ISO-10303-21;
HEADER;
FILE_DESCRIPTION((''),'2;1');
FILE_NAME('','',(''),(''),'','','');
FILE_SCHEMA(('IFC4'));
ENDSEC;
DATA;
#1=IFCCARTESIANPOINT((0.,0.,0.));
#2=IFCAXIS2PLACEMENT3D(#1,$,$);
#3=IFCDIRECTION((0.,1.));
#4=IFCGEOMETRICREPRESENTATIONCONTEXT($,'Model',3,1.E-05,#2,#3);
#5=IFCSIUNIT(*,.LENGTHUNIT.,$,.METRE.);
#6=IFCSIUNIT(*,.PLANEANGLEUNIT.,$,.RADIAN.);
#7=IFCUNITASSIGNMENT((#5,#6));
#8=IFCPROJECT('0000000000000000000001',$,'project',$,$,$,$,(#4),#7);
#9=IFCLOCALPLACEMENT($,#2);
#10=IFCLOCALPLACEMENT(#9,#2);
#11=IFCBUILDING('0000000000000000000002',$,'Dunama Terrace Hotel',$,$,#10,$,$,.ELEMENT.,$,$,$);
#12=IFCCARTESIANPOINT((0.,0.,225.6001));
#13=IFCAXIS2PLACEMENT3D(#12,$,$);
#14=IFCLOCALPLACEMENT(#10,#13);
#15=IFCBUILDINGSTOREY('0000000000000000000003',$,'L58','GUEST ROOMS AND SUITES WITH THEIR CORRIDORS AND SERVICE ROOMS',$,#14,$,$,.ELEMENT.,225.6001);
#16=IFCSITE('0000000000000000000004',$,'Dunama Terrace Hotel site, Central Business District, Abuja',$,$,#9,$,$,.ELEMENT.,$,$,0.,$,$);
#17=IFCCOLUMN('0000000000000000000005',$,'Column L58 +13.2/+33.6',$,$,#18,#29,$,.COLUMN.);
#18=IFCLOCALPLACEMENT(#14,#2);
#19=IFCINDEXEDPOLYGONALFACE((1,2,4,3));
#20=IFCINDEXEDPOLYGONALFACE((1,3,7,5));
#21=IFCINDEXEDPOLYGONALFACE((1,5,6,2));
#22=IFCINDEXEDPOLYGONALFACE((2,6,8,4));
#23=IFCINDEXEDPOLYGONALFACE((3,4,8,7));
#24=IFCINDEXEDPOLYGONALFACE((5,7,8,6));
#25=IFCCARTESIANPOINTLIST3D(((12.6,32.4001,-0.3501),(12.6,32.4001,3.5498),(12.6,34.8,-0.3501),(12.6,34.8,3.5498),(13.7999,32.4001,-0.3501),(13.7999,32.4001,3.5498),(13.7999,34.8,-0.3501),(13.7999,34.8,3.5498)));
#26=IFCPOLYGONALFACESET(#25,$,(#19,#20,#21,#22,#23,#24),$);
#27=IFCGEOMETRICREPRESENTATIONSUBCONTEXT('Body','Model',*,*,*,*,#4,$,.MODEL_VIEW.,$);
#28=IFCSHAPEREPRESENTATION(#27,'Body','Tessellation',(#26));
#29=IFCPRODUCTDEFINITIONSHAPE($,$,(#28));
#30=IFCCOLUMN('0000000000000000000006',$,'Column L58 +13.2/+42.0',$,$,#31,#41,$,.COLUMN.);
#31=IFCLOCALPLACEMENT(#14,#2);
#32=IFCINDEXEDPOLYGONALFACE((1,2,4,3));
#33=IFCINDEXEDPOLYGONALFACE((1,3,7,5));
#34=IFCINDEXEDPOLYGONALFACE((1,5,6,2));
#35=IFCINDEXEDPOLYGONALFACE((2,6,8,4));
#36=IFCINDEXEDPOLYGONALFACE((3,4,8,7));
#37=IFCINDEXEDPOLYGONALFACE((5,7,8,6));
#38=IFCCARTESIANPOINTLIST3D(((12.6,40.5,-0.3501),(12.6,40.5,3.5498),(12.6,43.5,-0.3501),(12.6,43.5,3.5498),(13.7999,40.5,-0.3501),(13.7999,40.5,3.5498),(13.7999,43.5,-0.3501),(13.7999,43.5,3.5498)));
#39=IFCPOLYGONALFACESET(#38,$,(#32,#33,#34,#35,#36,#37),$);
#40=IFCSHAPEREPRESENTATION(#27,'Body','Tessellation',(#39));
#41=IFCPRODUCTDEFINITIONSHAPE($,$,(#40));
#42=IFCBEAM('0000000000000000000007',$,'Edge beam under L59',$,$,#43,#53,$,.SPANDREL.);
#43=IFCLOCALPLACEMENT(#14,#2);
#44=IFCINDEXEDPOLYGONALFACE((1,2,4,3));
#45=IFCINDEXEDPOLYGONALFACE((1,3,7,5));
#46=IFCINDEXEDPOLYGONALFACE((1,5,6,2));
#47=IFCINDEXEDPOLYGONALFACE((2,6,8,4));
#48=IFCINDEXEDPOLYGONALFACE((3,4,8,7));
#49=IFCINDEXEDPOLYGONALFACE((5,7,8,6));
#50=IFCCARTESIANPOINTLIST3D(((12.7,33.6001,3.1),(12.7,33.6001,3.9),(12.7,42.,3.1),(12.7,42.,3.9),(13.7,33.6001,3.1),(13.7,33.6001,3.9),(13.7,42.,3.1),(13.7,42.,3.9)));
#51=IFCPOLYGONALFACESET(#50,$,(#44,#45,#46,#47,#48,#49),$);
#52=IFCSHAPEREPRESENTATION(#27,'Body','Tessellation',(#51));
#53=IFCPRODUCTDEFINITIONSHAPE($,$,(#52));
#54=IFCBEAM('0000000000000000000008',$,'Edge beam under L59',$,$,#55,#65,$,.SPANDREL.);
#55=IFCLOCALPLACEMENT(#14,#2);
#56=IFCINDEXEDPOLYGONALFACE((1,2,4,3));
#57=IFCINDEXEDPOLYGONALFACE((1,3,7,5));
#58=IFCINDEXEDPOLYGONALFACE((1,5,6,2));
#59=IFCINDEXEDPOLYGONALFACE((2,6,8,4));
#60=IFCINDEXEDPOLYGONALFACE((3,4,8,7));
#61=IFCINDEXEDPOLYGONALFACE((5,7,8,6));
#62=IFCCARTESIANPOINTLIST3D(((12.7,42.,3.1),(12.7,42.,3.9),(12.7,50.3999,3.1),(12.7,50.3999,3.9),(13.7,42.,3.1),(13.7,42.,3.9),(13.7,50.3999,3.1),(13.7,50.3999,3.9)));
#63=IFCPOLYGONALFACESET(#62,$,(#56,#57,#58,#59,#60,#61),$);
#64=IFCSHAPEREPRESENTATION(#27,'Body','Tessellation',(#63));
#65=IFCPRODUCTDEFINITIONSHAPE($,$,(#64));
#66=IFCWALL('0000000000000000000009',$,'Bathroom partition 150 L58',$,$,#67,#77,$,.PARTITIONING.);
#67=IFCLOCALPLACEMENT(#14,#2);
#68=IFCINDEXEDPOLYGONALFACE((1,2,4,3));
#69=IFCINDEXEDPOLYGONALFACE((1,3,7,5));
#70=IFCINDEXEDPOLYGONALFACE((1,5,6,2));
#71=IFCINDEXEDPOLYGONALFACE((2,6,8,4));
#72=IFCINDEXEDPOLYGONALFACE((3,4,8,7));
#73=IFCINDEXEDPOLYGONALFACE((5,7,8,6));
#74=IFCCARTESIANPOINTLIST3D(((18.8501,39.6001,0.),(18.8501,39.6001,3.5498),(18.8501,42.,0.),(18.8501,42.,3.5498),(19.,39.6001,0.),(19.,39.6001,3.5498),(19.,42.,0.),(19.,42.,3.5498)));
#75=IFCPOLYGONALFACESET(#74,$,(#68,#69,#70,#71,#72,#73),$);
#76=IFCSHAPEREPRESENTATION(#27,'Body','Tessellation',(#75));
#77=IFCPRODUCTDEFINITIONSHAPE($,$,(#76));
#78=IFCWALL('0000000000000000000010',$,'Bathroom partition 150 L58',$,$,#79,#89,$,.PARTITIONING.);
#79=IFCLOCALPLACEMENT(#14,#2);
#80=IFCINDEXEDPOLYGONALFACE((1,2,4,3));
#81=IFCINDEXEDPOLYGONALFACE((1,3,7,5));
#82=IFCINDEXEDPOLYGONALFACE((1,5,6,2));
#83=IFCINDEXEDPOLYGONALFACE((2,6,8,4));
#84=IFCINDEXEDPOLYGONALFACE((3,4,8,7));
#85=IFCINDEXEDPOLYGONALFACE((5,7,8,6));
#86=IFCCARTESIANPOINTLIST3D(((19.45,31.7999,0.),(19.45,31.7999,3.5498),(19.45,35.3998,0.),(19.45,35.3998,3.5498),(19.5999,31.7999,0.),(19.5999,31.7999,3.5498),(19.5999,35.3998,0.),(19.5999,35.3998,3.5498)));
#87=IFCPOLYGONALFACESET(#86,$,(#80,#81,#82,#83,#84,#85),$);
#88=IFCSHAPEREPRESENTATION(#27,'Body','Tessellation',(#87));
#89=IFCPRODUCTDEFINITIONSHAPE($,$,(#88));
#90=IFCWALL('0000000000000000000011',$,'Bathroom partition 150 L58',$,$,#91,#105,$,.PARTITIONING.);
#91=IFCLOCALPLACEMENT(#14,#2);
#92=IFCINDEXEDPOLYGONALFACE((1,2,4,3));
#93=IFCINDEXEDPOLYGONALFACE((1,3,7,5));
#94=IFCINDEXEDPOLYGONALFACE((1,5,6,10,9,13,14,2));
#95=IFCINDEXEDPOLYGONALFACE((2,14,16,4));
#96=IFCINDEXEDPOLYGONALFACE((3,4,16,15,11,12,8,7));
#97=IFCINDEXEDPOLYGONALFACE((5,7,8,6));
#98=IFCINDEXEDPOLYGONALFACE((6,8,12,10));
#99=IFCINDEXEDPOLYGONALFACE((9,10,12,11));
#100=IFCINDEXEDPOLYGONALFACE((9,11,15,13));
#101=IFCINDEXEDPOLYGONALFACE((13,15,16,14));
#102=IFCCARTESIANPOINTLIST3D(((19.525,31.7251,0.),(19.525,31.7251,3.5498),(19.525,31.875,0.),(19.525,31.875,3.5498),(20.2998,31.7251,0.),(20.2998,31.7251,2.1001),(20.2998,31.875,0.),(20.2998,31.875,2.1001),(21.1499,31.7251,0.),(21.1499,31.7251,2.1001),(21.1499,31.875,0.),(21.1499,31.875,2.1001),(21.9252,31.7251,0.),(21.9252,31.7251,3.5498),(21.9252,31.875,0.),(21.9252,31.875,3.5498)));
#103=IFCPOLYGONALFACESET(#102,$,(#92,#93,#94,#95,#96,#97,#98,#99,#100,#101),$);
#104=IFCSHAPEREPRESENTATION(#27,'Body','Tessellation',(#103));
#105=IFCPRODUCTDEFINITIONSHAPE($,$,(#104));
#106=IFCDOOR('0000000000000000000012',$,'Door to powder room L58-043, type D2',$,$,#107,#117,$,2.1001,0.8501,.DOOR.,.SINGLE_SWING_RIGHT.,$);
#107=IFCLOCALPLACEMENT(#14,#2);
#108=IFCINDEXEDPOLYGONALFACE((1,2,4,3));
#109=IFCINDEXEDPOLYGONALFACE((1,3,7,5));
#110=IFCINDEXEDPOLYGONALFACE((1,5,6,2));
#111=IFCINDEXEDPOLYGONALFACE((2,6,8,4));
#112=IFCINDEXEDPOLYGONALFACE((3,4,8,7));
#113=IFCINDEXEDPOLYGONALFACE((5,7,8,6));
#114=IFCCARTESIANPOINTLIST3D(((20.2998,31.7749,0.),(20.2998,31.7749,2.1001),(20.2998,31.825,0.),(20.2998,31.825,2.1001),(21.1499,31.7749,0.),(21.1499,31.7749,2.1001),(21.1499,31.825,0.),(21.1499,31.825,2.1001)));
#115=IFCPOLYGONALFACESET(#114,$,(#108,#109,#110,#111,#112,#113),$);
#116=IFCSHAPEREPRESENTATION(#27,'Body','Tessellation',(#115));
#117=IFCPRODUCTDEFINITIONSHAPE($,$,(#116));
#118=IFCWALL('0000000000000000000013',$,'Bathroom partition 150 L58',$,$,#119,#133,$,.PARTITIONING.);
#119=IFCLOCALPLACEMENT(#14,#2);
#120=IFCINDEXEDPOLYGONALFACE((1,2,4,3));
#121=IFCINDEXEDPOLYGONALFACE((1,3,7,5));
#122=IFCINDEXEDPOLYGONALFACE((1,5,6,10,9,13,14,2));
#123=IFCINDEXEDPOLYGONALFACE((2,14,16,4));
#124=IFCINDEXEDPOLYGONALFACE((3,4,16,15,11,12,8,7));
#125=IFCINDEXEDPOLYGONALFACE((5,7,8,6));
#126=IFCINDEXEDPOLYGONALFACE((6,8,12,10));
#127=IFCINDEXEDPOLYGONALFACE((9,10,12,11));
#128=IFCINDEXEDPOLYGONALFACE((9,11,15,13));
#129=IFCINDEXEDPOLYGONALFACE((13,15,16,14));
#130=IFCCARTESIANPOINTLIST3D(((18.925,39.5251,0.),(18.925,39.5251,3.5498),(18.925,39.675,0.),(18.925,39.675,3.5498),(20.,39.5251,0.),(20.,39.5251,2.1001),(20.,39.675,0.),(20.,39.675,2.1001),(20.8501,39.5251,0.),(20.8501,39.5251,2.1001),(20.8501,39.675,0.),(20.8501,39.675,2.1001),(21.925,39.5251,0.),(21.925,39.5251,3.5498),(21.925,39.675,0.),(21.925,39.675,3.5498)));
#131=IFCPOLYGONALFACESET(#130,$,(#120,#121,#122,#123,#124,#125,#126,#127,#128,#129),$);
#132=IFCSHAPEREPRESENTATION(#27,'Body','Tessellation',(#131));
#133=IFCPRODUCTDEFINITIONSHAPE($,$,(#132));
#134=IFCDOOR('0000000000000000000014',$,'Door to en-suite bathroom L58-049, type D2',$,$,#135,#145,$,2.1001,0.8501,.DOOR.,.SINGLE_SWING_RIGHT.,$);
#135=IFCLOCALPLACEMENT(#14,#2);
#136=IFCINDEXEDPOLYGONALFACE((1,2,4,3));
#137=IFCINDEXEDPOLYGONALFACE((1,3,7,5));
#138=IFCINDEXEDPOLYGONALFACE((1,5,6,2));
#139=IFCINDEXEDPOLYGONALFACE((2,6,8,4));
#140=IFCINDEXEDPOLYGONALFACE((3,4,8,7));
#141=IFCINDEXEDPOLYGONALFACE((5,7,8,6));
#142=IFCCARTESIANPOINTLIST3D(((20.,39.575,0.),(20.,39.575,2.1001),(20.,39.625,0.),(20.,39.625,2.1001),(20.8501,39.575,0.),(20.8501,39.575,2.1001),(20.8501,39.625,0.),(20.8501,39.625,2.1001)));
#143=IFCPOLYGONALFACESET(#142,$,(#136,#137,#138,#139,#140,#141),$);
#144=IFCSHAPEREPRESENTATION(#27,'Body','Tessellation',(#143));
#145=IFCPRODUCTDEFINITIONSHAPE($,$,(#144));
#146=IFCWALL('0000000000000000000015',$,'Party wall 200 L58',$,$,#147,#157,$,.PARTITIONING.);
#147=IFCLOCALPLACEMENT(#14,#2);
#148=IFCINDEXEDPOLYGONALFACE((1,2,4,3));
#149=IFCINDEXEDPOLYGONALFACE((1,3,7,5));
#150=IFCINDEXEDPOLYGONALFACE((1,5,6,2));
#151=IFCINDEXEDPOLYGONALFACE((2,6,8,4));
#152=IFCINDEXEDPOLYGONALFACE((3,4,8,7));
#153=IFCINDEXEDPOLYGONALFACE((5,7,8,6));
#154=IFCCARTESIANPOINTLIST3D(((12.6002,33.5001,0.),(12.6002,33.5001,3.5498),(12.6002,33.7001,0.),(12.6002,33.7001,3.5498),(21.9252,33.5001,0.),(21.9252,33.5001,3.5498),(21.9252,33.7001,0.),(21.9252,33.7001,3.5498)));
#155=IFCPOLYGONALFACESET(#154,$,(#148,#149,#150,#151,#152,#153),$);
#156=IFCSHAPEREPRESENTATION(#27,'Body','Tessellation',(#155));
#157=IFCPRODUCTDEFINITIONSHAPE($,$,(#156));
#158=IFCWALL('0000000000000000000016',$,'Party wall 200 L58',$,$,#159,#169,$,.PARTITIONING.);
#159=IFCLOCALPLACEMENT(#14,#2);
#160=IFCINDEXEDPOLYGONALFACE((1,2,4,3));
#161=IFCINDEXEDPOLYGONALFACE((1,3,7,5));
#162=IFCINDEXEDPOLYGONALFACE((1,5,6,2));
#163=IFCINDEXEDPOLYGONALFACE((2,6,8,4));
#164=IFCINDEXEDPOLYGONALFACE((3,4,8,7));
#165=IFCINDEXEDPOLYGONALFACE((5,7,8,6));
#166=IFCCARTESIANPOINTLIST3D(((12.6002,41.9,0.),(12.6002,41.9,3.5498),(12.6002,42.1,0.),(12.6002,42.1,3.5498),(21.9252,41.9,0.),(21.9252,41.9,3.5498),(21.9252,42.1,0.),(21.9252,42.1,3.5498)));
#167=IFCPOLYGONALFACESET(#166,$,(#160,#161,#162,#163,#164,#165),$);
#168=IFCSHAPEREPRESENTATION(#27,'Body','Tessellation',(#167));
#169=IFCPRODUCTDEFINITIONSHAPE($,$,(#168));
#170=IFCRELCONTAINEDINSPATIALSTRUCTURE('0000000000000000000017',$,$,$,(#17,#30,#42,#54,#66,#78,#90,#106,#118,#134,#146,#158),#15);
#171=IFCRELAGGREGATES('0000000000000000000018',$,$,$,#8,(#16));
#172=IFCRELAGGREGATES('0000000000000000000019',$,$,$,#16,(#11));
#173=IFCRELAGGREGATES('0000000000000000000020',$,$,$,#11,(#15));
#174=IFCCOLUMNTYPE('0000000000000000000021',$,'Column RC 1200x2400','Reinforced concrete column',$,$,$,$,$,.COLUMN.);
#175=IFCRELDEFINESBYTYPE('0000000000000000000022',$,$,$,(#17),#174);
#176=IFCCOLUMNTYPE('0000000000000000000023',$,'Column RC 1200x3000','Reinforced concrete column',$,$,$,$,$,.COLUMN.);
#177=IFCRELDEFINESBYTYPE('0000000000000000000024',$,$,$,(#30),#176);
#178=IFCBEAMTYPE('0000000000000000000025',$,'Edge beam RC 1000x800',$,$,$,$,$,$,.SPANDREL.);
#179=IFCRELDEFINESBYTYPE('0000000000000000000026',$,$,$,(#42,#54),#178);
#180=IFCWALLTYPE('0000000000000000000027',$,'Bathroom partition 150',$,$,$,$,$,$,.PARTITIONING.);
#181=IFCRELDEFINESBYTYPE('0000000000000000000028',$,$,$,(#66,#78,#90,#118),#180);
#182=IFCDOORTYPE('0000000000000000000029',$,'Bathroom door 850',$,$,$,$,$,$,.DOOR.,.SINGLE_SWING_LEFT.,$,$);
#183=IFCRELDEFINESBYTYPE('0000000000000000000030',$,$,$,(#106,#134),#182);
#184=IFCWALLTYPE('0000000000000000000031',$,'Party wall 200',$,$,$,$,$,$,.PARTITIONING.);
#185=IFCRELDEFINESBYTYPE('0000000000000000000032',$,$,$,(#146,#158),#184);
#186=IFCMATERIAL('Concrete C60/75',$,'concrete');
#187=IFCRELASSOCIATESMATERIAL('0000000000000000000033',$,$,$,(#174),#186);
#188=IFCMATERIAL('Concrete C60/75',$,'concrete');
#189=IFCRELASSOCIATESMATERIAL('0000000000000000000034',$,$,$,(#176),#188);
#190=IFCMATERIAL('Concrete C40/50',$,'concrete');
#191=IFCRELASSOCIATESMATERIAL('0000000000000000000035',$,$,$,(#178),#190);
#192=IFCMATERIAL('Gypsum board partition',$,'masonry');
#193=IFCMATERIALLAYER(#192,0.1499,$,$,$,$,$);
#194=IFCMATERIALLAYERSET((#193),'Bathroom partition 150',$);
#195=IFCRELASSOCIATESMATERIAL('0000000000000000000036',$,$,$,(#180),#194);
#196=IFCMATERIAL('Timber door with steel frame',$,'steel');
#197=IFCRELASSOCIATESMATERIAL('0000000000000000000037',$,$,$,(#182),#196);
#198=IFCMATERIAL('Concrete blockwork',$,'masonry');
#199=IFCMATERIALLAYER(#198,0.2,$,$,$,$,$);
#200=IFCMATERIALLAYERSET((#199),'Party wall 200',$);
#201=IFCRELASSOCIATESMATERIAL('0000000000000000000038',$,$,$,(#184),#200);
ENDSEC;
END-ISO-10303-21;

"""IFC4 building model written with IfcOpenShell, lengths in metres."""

from ifc_helpers import new_model, si_unit, direction, frame, frame_2d, origin, origin_2d, place, context, subcontext, project, spatial, rectangle, extrude, material, layer, layer_set, material_profile, profile_set, type_object, element, fill, save


model = new_model("IFC4")

# Units and contexts
model_context = context("Model", 3, precision=1e-05, world=origin(), true_north=direction((0.0, 1.0)))
body_context = subcontext(model_context, "Body", "Model", "MODEL_VIEW")
ifc_project = project(units=[si_unit("LENGTHUNIT", "METRE"), si_unit("PLANEANGLEUNIT", "RADIAN")], contexts=[model_context])

# Site, building, storey
site_placement = place(None, origin())
site = spatial("IfcSite", under=ifc_project, at=site_placement, Name="Dunama Terrace Hotel site, Central Business District, Abuja", CompositionType="ELEMENT", RefElevation=0.0)
building_placement = place(site_placement, origin())
building = spatial("IfcBuilding", under=site, at=building_placement, Name="Dunama Terrace Hotel", CompositionType="ELEMENT")
storey_placement = place(building_placement, frame((0.0, 0.0, 225.6001)))
storey = spatial("IfcBuildingStorey", under=building, at=storey_placement, Name="L58", Description="GUEST ROOMS AND SUITES WITH THEIR CORRIDORS AND SERVICE ROOMS", CompositionType="ELEMENT", Elevation=225.6001)

# Columns
ifc_material_1 = material(Name="Concrete C60/75", Category="concrete")
ifc_material_profile_1 = material_profile(ifc_material_1, rectangle(XDim=1.2, YDim=2.3999, at=origin_2d()), Name="RC 1200x2400")
ifc_profile_set_1 = profile_set([ifc_material_profile_1], Name="Concrete C60/75")
column_type_1 = type_object("IfcColumnType", Name="Column RC 1200x2400", Description="Reinforced concrete column", PredefinedType="COLUMN", material=ifc_profile_set_1)
column_1_placement = place(storey_placement, frame((13.2, 33.6001, -0.3501), z_axis=(0.0, 0.0, 1.0), x_axis=(1.0, 0.0, 0.0)))
element("IfcColumn", 1, at=column_1_placement, inside=storey, type_object=column_type_1, Name="Column L58 +13.2/+33.6", PredefinedType="COLUMN", context=body_context, shape_type="SweptSolid", body=[
    extrude(rectangle(XDim=1.2, YDim=2.3999, at=origin_2d()), origin(), (0.0, 0.0, 1.0), 3.8999),
])
ifc_material_2 = material(Name="Concrete C60/75", Category="concrete")
ifc_material_profile_2 = material_profile(ifc_material_2, rectangle(XDim=1.2, YDim=3.0, at=origin_2d()), Name="RC 1200x3000")
ifc_profile_set_2 = profile_set([ifc_material_profile_2], Name="Concrete C60/75")
column_type_2 = type_object("IfcColumnType", Name="Column RC 1200x3000", Description="Reinforced concrete column", PredefinedType="COLUMN", material=ifc_profile_set_2)
column_2_placement = place(storey_placement, frame((13.2, 42.0, -0.3501), z_axis=(0.0, 0.0, 1.0), x_axis=(1.0, 0.0, 0.0)))
element("IfcColumn", 2, at=column_2_placement, inside=storey, type_object=column_type_2, Name="Column L58 +13.2/+42.0", PredefinedType="COLUMN", context=body_context, shape_type="SweptSolid", body=[
    extrude(rectangle(XDim=1.2, YDim=3.0, at=origin_2d()), origin(), (0.0, 0.0, 1.0), 3.8999),
])

# Beams
ifc_material_3 = material(Name="Concrete C40/50", Category="concrete")
ifc_material_profile_3 = material_profile(ifc_material_3, rectangle(XDim=1.0, YDim=0.8, at=origin_2d()), Name="RC 1000x800")
ifc_profile_set_3 = profile_set([ifc_material_profile_3], Name="Concrete C40/50")
beam_type = type_object("IfcBeamType", Name="Edge beam RC 1000x800", PredefinedType="SPANDREL", material=ifc_profile_set_3)
for number, where, z_axis, x_axis, name in (
    (3, (13.2, 33.6001, 3.5), (0.0, 1.0, 0.0), (-1.0, 0.0, 0.0), "Edge beam under L59"),
    (4, (13.2, 42.0, 3.5), (0.0, 1.0, 0.0), (-1.0, 0.0, 0.0), "Edge beam under L59"),
):
    element("IfcBeam", number, at=place(storey_placement, frame(where, z_axis=z_axis, x_axis=x_axis)), inside=storey, type_object=beam_type, Name=name, PredefinedType="SPANDREL", context=body_context, shape_type="SweptSolid", body=[
        extrude(rectangle(XDim=1.0, YDim=0.8, at=origin_2d()), origin(), (0.0, 0.0, 1.0), 8.3999),
    ])

# Walls
ifc_material_4 = material(Name="Gypsum board partition", Category="masonry")
ifc_layer_1 = layer(ifc_material_4, 0.1499)
ifc_layer_set_1 = layer_set([ifc_layer_1], Name="Bathroom partition 150")
wall_type_1 = type_object("IfcWallType", Name="Bathroom partition 150", PredefinedType="PARTITIONING", material=ifc_layer_set_1)
wall_1_placement = place(storey_placement, frame((18.925, 39.6001, 0.0), z_axis=(0.0, 0.0, 1.0), x_axis=(0.0, 1.0, 0.0)))
element("IfcWall", 5, at=wall_1_placement, inside=storey, type_object=wall_type_1, Name="Bathroom partition 150 L58", PredefinedType="PARTITIONING", context=body_context, shape_type="SweptSolid", body=[
    extrude(rectangle(XDim=2.3999, YDim=0.1499, at=frame_2d((1.2, 0.0))), origin(), (0.0, 0.0, 1.0), 3.5498),
])
wall_2_placement = place(storey_placement, frame((19.5249, 31.8, 0.0), z_axis=(0.0, 0.0, 1.0), x_axis=(0.0, 1.0, 0.0)))
element("IfcWall", 6, at=wall_2_placement, inside=storey, type_object=wall_type_1, Name="Bathroom partition 150 L58", PredefinedType="PARTITIONING", context=body_context, shape_type="SweptSolid", body=[
    extrude(rectangle(XDim=3.5999, YDim=0.1499, at=frame_2d((1.7998, 0.0))), origin(), (0.0, 0.0, 1.0), 3.5498),
])

# Walls, openings, doors
wall_3_placement = place(storey_placement, frame((19.5249, 31.8, 0.0), z_axis=(0.0, 0.0, 1.0), x_axis=(1.0, 0.0, 0.0)))
wall_3 = element("IfcWall", 7, at=wall_3_placement, inside=storey, type_object=wall_type_1, Name="Bathroom partition 150 L58", PredefinedType="PARTITIONING", context=body_context, shape_type="SweptSolid", body=[
    extrude(rectangle(XDim=2.4001, YDim=0.1499, at=frame_2d((1.2002, 0.0))), origin(), (0.0, 0.0, 1.0), 3.5498),
])
opening_1_placement = place(wall_3_placement, frame((0.7749, 0.0, 0.0)))
opening_1 = element("IfcOpeningElement", 8, at=opening_1_placement, cuts=wall_3, PredefinedType="OPENING", context=body_context, shape_type="SweptSolid", body=[
    extrude(rectangle(XDim=0.8501, YDim=2.1001, at=frame_2d((0.425, 1.05))), frame((0.0, 0.085, 0.0), z_axis=(0.0, -1.0, 0.0), x_axis=(1.0, 0.0, 0.0)), (0.0, 0.0, 1.0), 0.1699),
])
ifc_material_5 = material(Name="Timber door with steel frame", Category="steel")
door_type_1 = type_object("IfcDoorType", Name="Bathroom door 850", OperationType="SINGLE_SWING_LEFT", PredefinedType="DOOR", material=ifc_material_5)
door_1_placement = place(opening_1_placement, origin())
door_1 = element("IfcDoor", 9, at=door_1_placement, inside=storey, type_object=door_type_1, Name="Door to powder room L58-043, type D2", OperationType="SINGLE_SWING_RIGHT", OverallHeight=2.1001, OverallWidth=0.8501, PredefinedType="DOOR", context=body_context, shape_type="SweptSolid", body=[
    extrude(rectangle(XDim=0.8501, YDim=2.1001, at=frame_2d((0.425, 1.05))), frame((0.0, 0.0249, 0.0), z_axis=(0.0, -1.0, 0.0), x_axis=(1.0, 0.0, 0.0)), (0.0, 0.0, 1.0), 0.05),
])
fill(opening_1, door_1)
wall_4_placement = place(storey_placement, frame((18.925, 39.6001, 0.0), z_axis=(0.0, 0.0, 1.0), x_axis=(1.0, 0.0, 0.0)))
wall_4 = element("IfcWall", 10, at=wall_4_placement, inside=storey, type_object=wall_type_1, Name="Bathroom partition 150 L58", PredefinedType="PARTITIONING", context=body_context, shape_type="SweptSolid", body=[
    extrude(rectangle(XDim=3.0, YDim=0.1499, at=frame_2d((1.5, 0.0))), origin(), (0.0, 0.0, 1.0), 3.5498),
])
opening_2_placement = place(wall_4_placement, frame((1.075, 0.0, 0.0)))
opening_2 = element("IfcOpeningElement", 11, at=opening_2_placement, cuts=wall_4, PredefinedType="OPENING", context=body_context, shape_type="SweptSolid", body=[
    extrude(rectangle(XDim=0.8501, YDim=2.1001, at=frame_2d((0.425, 1.05))), frame((0.0, 0.085, 0.0), z_axis=(0.0, -1.0, 0.0), x_axis=(1.0, 0.0, 0.0)), (0.0, 0.0, 1.0), 0.1699),
])
door_2_placement = place(opening_2_placement, origin())
door_2 = element("IfcDoor", 12, at=door_2_placement, inside=storey, type_object=door_type_1, Name="Door to en-suite bathroom L58-049, type D2", OperationType="SINGLE_SWING_RIGHT", OverallHeight=2.1001, OverallWidth=0.8501, PredefinedType="DOOR", context=body_context, shape_type="SweptSolid", body=[
    extrude(rectangle(XDim=0.8501, YDim=2.1001, at=frame_2d((0.425, 1.05))), frame((0.0, 0.0249, 0.0), z_axis=(0.0, -1.0, 0.0), x_axis=(1.0, 0.0, 0.0)), (0.0, 0.0, 1.0), 0.05),
])
fill(opening_2, door_2)

# Walls
ifc_material_6 = material(Name="Concrete blockwork", Category="masonry")
ifc_layer_2 = layer(ifc_material_6, 0.2)
ifc_layer_set_2 = layer_set([ifc_layer_2], Name="Party wall 200")
wall_type_2 = type_object("IfcWallType", Name="Party wall 200", PredefinedType="PARTITIONING", material=ifc_layer_set_2)
for number, where, z_axis, x_axis, name in (
    (13, (12.6001, 33.6001, 0.0), (0.0, 0.0, 1.0), (1.0, 0.0, 0.0), "Party wall 200 L58"),
    (14, (12.6001, 42.0, 0.0), (0.0, 0.0, 1.0), (1.0, 0.0, 0.0), "Party wall 200 L58"),
):
    element("IfcWall", number, at=place(storey_placement, frame(where, z_axis=z_axis, x_axis=x_axis)), inside=storey, type_object=wall_type_2, Name=name, PredefinedType="PARTITIONING", context=body_context, shape_type="SweptSolid", body=[
        extrude(rectangle(XDim=9.325, YDim=0.2, at=frame_2d((4.6626, 0.0))), origin(), (0.0, 0.0, 1.0), 3.5498),
    ])

save(model, "model.ifc")
